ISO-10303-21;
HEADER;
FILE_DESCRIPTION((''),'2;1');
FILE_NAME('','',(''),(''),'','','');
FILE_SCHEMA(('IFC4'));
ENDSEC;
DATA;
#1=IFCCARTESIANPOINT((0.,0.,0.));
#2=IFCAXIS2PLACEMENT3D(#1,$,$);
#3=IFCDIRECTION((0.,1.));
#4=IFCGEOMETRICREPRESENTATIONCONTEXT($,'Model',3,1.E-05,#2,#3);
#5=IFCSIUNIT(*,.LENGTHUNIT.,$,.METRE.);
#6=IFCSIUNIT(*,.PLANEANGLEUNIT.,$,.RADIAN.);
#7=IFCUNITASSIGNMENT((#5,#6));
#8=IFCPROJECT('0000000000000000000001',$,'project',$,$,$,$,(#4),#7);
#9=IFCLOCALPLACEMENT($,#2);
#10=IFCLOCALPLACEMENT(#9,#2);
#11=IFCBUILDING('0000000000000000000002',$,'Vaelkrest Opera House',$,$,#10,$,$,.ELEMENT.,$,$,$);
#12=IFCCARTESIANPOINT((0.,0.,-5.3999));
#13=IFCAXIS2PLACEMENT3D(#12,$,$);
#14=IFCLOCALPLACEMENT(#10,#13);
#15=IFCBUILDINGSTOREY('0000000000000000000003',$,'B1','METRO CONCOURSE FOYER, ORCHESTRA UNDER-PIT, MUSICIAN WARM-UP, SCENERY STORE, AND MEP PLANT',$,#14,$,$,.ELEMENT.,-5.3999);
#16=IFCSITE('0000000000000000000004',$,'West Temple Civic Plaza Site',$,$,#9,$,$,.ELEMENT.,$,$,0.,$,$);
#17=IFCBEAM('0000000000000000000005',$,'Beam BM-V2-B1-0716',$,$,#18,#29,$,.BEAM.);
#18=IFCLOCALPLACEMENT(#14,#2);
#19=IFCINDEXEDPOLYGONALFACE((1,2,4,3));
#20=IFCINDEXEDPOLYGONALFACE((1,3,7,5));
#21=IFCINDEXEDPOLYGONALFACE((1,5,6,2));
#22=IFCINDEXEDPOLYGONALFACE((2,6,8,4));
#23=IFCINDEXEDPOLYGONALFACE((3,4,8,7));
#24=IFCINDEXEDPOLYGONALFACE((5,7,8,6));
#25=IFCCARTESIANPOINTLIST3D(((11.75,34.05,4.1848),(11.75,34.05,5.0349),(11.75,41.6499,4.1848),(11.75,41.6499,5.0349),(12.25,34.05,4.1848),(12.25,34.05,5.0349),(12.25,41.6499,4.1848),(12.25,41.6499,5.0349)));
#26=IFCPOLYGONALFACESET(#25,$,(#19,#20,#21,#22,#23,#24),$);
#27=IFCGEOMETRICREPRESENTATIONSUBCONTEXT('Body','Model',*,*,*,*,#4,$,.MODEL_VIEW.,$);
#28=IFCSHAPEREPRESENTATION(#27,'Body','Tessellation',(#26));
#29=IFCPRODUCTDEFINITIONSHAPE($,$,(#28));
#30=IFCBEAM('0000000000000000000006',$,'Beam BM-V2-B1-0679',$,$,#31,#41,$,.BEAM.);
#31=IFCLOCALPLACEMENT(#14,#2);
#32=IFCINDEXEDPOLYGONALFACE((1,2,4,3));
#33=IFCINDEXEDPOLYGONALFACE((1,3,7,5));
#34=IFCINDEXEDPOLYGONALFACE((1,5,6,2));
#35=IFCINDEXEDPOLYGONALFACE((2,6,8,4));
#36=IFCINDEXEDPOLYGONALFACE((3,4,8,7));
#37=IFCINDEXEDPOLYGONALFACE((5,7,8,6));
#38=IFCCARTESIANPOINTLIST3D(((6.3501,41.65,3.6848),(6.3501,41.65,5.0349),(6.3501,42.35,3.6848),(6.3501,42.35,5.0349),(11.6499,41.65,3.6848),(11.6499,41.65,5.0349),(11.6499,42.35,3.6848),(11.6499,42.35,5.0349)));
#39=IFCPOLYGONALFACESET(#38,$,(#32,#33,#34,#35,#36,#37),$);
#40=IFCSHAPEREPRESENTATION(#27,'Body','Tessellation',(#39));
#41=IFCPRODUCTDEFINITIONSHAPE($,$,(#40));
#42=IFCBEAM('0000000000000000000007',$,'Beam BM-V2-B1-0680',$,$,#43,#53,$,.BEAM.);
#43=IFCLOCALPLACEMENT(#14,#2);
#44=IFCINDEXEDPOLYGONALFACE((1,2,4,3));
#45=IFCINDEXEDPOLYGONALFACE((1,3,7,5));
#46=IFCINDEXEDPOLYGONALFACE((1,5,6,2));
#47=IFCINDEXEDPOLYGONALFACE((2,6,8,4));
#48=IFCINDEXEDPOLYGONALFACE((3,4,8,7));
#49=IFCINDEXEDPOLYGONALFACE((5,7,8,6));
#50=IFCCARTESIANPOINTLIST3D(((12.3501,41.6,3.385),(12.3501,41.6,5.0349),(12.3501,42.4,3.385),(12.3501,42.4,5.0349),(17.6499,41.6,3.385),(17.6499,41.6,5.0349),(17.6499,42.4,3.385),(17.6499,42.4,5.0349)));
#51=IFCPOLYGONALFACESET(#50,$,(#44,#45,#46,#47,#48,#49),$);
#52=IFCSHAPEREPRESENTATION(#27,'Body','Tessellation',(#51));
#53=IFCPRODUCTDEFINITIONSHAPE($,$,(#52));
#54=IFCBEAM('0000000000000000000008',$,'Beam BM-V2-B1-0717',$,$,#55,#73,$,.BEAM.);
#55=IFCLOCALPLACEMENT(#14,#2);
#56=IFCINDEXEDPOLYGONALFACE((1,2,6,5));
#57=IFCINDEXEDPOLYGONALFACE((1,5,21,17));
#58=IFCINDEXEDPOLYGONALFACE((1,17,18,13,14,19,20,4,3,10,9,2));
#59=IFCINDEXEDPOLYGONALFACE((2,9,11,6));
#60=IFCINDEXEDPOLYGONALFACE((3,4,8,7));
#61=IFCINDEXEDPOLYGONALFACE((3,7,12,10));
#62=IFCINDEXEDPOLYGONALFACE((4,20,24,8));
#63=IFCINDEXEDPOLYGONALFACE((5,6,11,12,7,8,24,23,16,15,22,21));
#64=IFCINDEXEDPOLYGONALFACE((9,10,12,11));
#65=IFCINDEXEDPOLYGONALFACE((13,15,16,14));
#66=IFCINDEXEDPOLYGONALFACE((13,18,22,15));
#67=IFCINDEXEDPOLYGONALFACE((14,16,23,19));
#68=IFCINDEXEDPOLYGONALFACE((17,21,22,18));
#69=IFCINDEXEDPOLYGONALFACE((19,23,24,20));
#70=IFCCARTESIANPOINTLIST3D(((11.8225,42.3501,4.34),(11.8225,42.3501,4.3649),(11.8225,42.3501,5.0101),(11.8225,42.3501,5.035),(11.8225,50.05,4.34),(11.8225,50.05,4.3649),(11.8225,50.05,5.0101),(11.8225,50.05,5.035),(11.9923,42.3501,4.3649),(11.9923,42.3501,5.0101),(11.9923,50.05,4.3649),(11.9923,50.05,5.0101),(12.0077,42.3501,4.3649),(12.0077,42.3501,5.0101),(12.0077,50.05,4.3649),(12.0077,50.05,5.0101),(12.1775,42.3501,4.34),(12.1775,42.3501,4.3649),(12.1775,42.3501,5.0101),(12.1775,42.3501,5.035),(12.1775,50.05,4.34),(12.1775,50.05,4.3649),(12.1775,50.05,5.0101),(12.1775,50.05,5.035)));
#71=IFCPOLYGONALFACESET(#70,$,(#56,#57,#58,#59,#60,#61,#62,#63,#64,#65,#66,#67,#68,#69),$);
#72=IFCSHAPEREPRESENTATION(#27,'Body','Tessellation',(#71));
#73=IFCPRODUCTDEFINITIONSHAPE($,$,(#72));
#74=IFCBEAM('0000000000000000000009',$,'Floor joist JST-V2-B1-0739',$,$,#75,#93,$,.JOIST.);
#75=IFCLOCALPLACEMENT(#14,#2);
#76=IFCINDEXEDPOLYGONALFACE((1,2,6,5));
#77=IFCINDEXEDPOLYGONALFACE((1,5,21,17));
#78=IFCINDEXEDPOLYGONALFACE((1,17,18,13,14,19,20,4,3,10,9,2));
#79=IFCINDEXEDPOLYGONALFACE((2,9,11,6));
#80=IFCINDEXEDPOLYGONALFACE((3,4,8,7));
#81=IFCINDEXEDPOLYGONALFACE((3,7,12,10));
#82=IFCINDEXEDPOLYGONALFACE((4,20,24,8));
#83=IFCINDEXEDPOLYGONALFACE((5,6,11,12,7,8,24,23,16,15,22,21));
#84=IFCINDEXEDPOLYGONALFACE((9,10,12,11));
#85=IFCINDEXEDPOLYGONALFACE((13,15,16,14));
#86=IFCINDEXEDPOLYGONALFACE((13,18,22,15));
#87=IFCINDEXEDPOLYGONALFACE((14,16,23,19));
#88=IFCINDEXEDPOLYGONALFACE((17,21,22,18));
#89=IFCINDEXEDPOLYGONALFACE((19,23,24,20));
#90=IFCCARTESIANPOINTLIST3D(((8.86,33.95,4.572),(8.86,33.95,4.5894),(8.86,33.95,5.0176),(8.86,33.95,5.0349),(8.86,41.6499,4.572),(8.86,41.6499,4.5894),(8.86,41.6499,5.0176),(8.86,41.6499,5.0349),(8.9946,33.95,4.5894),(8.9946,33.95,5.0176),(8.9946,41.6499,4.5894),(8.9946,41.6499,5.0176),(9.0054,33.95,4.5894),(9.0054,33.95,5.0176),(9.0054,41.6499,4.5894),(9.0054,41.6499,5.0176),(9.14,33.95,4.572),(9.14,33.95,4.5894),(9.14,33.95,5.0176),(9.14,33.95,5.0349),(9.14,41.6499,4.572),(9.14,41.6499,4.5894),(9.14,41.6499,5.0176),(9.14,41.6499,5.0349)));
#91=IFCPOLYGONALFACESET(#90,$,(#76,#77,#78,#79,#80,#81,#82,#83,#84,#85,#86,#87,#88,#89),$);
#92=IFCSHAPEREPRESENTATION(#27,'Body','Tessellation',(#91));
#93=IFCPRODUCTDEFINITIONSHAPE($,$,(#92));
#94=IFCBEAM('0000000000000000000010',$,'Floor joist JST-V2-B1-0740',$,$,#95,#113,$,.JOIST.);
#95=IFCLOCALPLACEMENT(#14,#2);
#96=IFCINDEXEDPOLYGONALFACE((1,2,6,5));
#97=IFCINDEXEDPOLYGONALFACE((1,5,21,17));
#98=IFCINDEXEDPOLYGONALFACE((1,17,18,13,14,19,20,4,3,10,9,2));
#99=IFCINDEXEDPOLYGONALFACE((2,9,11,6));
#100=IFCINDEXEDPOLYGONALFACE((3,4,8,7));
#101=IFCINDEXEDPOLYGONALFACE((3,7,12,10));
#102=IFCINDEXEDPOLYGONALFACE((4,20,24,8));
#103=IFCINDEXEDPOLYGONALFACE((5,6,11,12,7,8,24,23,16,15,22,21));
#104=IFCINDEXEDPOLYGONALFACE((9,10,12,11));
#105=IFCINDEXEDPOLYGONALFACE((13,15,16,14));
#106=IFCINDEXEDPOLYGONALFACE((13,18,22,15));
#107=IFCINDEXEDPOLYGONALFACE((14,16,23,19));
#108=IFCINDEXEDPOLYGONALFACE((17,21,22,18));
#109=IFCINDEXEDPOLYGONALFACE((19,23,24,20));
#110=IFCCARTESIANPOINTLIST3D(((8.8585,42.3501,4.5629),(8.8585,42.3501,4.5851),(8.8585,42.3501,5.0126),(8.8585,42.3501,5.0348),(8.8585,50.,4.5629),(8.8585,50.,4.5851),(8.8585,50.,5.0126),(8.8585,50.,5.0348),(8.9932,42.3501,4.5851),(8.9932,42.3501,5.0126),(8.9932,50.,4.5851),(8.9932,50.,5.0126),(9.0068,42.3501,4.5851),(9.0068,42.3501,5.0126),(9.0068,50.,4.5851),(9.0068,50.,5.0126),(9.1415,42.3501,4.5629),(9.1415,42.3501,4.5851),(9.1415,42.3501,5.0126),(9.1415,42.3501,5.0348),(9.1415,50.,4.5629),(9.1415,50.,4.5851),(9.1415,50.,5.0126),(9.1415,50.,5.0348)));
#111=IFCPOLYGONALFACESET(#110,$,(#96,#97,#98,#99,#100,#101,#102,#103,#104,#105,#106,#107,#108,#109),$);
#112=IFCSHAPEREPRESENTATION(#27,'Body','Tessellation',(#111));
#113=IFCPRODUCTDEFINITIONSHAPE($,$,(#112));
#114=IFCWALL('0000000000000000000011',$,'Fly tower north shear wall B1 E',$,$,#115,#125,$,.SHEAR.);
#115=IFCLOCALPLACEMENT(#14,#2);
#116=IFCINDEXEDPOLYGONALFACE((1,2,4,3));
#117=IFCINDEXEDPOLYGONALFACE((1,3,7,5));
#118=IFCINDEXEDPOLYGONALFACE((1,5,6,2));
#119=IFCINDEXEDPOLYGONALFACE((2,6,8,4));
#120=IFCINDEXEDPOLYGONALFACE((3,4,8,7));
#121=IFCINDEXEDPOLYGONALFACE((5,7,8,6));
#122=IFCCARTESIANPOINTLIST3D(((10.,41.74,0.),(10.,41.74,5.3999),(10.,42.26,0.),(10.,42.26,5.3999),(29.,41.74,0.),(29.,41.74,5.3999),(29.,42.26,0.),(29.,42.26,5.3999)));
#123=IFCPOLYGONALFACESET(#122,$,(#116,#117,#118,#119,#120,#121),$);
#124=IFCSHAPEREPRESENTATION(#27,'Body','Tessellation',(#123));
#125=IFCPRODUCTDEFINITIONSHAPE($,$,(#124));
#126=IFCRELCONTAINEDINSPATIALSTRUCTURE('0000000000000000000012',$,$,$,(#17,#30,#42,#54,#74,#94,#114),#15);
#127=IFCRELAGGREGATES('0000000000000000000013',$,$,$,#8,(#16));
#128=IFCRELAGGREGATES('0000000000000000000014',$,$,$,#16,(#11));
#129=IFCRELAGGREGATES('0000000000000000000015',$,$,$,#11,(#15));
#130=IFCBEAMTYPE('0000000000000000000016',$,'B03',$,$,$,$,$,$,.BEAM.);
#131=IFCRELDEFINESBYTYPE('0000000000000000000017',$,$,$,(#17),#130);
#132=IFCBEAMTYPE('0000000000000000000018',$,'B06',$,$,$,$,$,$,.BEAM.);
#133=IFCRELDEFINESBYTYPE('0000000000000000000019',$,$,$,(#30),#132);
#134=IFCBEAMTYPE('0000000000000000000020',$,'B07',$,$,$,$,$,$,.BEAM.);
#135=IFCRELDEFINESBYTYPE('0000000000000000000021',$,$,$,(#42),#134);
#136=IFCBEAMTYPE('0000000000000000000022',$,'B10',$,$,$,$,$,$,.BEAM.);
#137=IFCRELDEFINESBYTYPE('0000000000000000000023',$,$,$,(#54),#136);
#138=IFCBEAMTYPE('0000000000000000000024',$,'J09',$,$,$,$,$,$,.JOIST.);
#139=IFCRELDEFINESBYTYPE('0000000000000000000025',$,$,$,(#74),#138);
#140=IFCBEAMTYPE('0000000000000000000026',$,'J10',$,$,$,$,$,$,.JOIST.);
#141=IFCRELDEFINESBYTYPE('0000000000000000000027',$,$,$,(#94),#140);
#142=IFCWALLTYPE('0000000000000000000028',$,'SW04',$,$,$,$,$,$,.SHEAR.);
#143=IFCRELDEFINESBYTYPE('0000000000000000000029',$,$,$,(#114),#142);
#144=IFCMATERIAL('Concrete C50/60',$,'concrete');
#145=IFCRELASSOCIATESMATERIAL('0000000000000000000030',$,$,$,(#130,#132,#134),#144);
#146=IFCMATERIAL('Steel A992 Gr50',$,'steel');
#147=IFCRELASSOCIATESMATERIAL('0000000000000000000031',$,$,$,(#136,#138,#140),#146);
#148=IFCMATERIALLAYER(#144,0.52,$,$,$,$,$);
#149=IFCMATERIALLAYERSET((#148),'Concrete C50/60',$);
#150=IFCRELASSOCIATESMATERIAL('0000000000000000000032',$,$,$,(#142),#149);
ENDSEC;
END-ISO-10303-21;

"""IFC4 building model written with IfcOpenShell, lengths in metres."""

from ifc_helpers import new_model, si_unit, direction, frame, frame_2d, origin, origin_2d, place, context, subcontext, project, spatial, rectangle, i_section, extrude, material, layer, layer_set, material_profile, profile_set, type_object, element, save


model = new_model("IFC4")

# Units and contexts
model_context = context("Model", 3, precision=1e-05, world=origin(), true_north=direction((0.0, 1.0)))
body_context = subcontext(model_context, "Body", "Model", "MODEL_VIEW")
ifc_project = project(units=[si_unit("LENGTHUNIT", "METRE"), si_unit("PLANEANGLEUNIT", "RADIAN")], contexts=[model_context])

# Site, building, storey
site_placement = place(None, origin())
site = spatial("IfcSite", under=ifc_project, at=site_placement, Name="West Temple Civic Plaza Site", CompositionType="ELEMENT", RefElevation=0.0)
building_placement = place(site_placement, origin())
building = spatial("IfcBuilding", under=site, at=building_placement, Name="Vaelkrest Opera House", CompositionType="ELEMENT")
storey_placement = place(building_placement, frame((0.0, 0.0, -5.3999)))
storey = spatial("IfcBuildingStorey", under=building, at=storey_placement, Name="B1", Description="METRO CONCOURSE FOYER, ORCHESTRA UNDER-PIT, MUSICIAN WARM-UP, SCENERY STORE, AND MEP PLANT", CompositionType="ELEMENT", Elevation=-5.3999)

# Shared definitions
ifc_material_1 = material(Name="Concrete C50/60", Category="concrete")

# Beams
ifc_material_profile_1 = material_profile(ifc_material_1, rectangle(XDim=0.5, YDim=0.8501, at=origin_2d()), Name="RCB500X850")
ifc_profile_set_1 = profile_set([ifc_material_profile_1], Name="Concrete C50/60")
beam_type_1 = type_object("IfcBeamType", Name="B03", PredefinedType="BEAM", material=ifc_profile_set_1)
beam_1_placement = place(storey_placement, frame((12.0, 34.05, 4.6099), z_axis=(0.0, 1.0, 0.0), x_axis=(-1.0, 0.0, 0.0)))
element("IfcBeam", 1, at=beam_1_placement, inside=storey, type_object=beam_type_1, Name="Beam BM-V2-B1-0716", PredefinedType="BEAM", context=body_context, shape_type="SweptSolid", body=[
    extrude(rectangle(XDim=0.5, YDim=0.8501, at=origin_2d()), origin(), (0.0, 0.0, 1.0), 7.5999),
])
ifc_material_profile_2 = material_profile(ifc_material_1, rectangle(XDim=0.7, YDim=1.3501, at=origin_2d()), Name="RCB700X1350")
ifc_profile_set_2 = profile_set([ifc_material_profile_2], Name="Concrete C50/60")
beam_type_2 = type_object("IfcBeamType", Name="B06", PredefinedType="BEAM", material=ifc_profile_set_2)
beam_2_placement = place(storey_placement, frame((6.3501, 42.0, 4.3599), z_axis=(1.0, 0.0, 0.0), x_axis=(0.0, 1.0, 0.0)))
element("IfcBeam", 2, at=beam_2_placement, inside=storey, type_object=beam_type_2, Name="Beam BM-V2-B1-0679", PredefinedType="BEAM", context=body_context, shape_type="SweptSolid", body=[
    extrude(rectangle(XDim=0.7, YDim=1.3501, at=origin_2d()), origin(), (0.0, 0.0, 1.0), 5.2998),
])
ifc_material_profile_3 = material_profile(ifc_material_1, rectangle(XDim=0.8, YDim=1.6499, at=origin_2d()), Name="RCB800X1650")
ifc_profile_set_3 = profile_set([ifc_material_profile_3], Name="Concrete C50/60")
beam_type_3 = type_object("IfcBeamType", Name="B07", PredefinedType="BEAM", material=ifc_profile_set_3)
beam_3_placement = place(storey_placement, frame((12.3501, 42.0, 4.21), z_axis=(1.0, 0.0, 0.0), x_axis=(0.0, 1.0, 0.0)))
element("IfcBeam", 3, at=beam_3_placement, inside=storey, type_object=beam_type_3, Name="Beam BM-V2-B1-0680", PredefinedType="BEAM", context=body_context, shape_type="SweptSolid", body=[
    extrude(rectangle(XDim=0.8, YDim=1.6499, at=origin_2d()), origin(), (0.0, 0.0, 1.0), 5.2998),
])
ifc_material_2 = material(Name="Steel A992 Gr50", Category="steel")
ifc_material_profile_4 = material_profile(ifc_material_2, i_section(OverallWidth=0.355, OverallDepth=0.6951, WebThickness=0.0154, FlangeThickness=0.0249, at=origin_2d()), Name="W27X146")
ifc_profile_set_4 = profile_set([ifc_material_profile_4], Name="Steel A992 Gr50")
beam_type_4 = type_object("IfcBeamType", Name="B10", PredefinedType="BEAM", material=ifc_profile_set_4)
beam_4_placement = place(storey_placement, frame((12.0, 42.3501, 4.6875), z_axis=(0.0, 1.0, 0.0), x_axis=(-1.0, 0.0, 0.0)))
element("IfcBeam", 4, at=beam_4_placement, inside=storey, type_object=beam_type_4, Name="Beam BM-V2-B1-0717", PredefinedType="BEAM", context=body_context, shape_type="SweptSolid", body=[
    extrude(i_section(OverallWidth=0.355, OverallDepth=0.6951, WebThickness=0.0154, FlangeThickness=0.0249, at=origin_2d()), origin(), (0.0, 0.0, 1.0), 7.7),
])
ifc_material_profile_5 = material_profile(ifc_material_2, i_section(OverallWidth=0.28, OverallDepth=0.4629, WebThickness=0.0107, FlangeThickness=0.0173, at=origin_2d()), Name="W18X76")
ifc_profile_set_5 = profile_set([ifc_material_profile_5], Name="Steel A992 Gr50")
beam_type_5 = type_object("IfcBeamType", Name="J09", PredefinedType="JOIST", material=ifc_profile_set_5)
beam_5_placement = place(storey_placement, frame((9.0, 33.95, 4.8035), z_axis=(0.0, 1.0, 0.0), x_axis=(-1.0, 0.0, 0.0)))
element("IfcBeam", 5, at=beam_5_placement, inside=storey, type_object=beam_type_5, Name="Floor joist JST-V2-B1-0739", PredefinedType="JOIST", context=body_context, shape_type="SweptSolid", body=[
    extrude(i_section(OverallWidth=0.28, OverallDepth=0.4629, WebThickness=0.0107, FlangeThickness=0.0173, at=origin_2d()), origin(), (0.0, 0.0, 1.0), 7.7),
])
ifc_material_profile_6 = material_profile(ifc_material_2, i_section(OverallWidth=0.283, OverallDepth=0.4719, WebThickness=0.0137, FlangeThickness=0.0222, at=origin_2d()), Name="W18X97")
ifc_profile_set_6 = profile_set([ifc_material_profile_6], Name="Steel A992 Gr50")
beam_type_6 = type_object("IfcBeamType", Name="J10", PredefinedType="JOIST", material=ifc_profile_set_6)
beam_6_placement = place(storey_placement, frame((9.0, 42.3501, 4.7988), z_axis=(0.0, 1.0, 0.0), x_axis=(-1.0, 0.0, 0.0)))
element("IfcBeam", 6, at=beam_6_placement, inside=storey, type_object=beam_type_6, Name="Floor joist JST-V2-B1-0740", PredefinedType="JOIST", context=body_context, shape_type="SweptSolid", body=[
    extrude(i_section(OverallWidth=0.283, OverallDepth=0.4719, WebThickness=0.0137, FlangeThickness=0.0222, at=origin_2d()), origin(), (0.0, 0.0, 1.0), 7.6499),
])

# Wall
ifc_layer = layer(ifc_material_1, 0.52)
ifc_layer_set = layer_set([ifc_layer], Name="Concrete C50/60")
wall_type = type_object("IfcWallType", Name="SW04", PredefinedType="SHEAR", material=ifc_layer_set)
wall_placement = place(storey_placement, frame((10.0, 42.0, 0.0), z_axis=(0.0, 0.0, 1.0), x_axis=(1.0, 0.0, 0.0)))
element("IfcWall", 7, at=wall_placement, inside=storey, type_object=wall_type, Name="Fly tower north shear wall B1 E", PredefinedType="SHEAR", context=body_context, shape_type="SweptSolid", body=[
    extrude(rectangle(XDim=19.0, YDim=0.52, at=frame_2d((9.5, 0.0))), origin(), (0.0, 0.0, 1.0), 5.3999),
])

save(model, "model.ifc")
